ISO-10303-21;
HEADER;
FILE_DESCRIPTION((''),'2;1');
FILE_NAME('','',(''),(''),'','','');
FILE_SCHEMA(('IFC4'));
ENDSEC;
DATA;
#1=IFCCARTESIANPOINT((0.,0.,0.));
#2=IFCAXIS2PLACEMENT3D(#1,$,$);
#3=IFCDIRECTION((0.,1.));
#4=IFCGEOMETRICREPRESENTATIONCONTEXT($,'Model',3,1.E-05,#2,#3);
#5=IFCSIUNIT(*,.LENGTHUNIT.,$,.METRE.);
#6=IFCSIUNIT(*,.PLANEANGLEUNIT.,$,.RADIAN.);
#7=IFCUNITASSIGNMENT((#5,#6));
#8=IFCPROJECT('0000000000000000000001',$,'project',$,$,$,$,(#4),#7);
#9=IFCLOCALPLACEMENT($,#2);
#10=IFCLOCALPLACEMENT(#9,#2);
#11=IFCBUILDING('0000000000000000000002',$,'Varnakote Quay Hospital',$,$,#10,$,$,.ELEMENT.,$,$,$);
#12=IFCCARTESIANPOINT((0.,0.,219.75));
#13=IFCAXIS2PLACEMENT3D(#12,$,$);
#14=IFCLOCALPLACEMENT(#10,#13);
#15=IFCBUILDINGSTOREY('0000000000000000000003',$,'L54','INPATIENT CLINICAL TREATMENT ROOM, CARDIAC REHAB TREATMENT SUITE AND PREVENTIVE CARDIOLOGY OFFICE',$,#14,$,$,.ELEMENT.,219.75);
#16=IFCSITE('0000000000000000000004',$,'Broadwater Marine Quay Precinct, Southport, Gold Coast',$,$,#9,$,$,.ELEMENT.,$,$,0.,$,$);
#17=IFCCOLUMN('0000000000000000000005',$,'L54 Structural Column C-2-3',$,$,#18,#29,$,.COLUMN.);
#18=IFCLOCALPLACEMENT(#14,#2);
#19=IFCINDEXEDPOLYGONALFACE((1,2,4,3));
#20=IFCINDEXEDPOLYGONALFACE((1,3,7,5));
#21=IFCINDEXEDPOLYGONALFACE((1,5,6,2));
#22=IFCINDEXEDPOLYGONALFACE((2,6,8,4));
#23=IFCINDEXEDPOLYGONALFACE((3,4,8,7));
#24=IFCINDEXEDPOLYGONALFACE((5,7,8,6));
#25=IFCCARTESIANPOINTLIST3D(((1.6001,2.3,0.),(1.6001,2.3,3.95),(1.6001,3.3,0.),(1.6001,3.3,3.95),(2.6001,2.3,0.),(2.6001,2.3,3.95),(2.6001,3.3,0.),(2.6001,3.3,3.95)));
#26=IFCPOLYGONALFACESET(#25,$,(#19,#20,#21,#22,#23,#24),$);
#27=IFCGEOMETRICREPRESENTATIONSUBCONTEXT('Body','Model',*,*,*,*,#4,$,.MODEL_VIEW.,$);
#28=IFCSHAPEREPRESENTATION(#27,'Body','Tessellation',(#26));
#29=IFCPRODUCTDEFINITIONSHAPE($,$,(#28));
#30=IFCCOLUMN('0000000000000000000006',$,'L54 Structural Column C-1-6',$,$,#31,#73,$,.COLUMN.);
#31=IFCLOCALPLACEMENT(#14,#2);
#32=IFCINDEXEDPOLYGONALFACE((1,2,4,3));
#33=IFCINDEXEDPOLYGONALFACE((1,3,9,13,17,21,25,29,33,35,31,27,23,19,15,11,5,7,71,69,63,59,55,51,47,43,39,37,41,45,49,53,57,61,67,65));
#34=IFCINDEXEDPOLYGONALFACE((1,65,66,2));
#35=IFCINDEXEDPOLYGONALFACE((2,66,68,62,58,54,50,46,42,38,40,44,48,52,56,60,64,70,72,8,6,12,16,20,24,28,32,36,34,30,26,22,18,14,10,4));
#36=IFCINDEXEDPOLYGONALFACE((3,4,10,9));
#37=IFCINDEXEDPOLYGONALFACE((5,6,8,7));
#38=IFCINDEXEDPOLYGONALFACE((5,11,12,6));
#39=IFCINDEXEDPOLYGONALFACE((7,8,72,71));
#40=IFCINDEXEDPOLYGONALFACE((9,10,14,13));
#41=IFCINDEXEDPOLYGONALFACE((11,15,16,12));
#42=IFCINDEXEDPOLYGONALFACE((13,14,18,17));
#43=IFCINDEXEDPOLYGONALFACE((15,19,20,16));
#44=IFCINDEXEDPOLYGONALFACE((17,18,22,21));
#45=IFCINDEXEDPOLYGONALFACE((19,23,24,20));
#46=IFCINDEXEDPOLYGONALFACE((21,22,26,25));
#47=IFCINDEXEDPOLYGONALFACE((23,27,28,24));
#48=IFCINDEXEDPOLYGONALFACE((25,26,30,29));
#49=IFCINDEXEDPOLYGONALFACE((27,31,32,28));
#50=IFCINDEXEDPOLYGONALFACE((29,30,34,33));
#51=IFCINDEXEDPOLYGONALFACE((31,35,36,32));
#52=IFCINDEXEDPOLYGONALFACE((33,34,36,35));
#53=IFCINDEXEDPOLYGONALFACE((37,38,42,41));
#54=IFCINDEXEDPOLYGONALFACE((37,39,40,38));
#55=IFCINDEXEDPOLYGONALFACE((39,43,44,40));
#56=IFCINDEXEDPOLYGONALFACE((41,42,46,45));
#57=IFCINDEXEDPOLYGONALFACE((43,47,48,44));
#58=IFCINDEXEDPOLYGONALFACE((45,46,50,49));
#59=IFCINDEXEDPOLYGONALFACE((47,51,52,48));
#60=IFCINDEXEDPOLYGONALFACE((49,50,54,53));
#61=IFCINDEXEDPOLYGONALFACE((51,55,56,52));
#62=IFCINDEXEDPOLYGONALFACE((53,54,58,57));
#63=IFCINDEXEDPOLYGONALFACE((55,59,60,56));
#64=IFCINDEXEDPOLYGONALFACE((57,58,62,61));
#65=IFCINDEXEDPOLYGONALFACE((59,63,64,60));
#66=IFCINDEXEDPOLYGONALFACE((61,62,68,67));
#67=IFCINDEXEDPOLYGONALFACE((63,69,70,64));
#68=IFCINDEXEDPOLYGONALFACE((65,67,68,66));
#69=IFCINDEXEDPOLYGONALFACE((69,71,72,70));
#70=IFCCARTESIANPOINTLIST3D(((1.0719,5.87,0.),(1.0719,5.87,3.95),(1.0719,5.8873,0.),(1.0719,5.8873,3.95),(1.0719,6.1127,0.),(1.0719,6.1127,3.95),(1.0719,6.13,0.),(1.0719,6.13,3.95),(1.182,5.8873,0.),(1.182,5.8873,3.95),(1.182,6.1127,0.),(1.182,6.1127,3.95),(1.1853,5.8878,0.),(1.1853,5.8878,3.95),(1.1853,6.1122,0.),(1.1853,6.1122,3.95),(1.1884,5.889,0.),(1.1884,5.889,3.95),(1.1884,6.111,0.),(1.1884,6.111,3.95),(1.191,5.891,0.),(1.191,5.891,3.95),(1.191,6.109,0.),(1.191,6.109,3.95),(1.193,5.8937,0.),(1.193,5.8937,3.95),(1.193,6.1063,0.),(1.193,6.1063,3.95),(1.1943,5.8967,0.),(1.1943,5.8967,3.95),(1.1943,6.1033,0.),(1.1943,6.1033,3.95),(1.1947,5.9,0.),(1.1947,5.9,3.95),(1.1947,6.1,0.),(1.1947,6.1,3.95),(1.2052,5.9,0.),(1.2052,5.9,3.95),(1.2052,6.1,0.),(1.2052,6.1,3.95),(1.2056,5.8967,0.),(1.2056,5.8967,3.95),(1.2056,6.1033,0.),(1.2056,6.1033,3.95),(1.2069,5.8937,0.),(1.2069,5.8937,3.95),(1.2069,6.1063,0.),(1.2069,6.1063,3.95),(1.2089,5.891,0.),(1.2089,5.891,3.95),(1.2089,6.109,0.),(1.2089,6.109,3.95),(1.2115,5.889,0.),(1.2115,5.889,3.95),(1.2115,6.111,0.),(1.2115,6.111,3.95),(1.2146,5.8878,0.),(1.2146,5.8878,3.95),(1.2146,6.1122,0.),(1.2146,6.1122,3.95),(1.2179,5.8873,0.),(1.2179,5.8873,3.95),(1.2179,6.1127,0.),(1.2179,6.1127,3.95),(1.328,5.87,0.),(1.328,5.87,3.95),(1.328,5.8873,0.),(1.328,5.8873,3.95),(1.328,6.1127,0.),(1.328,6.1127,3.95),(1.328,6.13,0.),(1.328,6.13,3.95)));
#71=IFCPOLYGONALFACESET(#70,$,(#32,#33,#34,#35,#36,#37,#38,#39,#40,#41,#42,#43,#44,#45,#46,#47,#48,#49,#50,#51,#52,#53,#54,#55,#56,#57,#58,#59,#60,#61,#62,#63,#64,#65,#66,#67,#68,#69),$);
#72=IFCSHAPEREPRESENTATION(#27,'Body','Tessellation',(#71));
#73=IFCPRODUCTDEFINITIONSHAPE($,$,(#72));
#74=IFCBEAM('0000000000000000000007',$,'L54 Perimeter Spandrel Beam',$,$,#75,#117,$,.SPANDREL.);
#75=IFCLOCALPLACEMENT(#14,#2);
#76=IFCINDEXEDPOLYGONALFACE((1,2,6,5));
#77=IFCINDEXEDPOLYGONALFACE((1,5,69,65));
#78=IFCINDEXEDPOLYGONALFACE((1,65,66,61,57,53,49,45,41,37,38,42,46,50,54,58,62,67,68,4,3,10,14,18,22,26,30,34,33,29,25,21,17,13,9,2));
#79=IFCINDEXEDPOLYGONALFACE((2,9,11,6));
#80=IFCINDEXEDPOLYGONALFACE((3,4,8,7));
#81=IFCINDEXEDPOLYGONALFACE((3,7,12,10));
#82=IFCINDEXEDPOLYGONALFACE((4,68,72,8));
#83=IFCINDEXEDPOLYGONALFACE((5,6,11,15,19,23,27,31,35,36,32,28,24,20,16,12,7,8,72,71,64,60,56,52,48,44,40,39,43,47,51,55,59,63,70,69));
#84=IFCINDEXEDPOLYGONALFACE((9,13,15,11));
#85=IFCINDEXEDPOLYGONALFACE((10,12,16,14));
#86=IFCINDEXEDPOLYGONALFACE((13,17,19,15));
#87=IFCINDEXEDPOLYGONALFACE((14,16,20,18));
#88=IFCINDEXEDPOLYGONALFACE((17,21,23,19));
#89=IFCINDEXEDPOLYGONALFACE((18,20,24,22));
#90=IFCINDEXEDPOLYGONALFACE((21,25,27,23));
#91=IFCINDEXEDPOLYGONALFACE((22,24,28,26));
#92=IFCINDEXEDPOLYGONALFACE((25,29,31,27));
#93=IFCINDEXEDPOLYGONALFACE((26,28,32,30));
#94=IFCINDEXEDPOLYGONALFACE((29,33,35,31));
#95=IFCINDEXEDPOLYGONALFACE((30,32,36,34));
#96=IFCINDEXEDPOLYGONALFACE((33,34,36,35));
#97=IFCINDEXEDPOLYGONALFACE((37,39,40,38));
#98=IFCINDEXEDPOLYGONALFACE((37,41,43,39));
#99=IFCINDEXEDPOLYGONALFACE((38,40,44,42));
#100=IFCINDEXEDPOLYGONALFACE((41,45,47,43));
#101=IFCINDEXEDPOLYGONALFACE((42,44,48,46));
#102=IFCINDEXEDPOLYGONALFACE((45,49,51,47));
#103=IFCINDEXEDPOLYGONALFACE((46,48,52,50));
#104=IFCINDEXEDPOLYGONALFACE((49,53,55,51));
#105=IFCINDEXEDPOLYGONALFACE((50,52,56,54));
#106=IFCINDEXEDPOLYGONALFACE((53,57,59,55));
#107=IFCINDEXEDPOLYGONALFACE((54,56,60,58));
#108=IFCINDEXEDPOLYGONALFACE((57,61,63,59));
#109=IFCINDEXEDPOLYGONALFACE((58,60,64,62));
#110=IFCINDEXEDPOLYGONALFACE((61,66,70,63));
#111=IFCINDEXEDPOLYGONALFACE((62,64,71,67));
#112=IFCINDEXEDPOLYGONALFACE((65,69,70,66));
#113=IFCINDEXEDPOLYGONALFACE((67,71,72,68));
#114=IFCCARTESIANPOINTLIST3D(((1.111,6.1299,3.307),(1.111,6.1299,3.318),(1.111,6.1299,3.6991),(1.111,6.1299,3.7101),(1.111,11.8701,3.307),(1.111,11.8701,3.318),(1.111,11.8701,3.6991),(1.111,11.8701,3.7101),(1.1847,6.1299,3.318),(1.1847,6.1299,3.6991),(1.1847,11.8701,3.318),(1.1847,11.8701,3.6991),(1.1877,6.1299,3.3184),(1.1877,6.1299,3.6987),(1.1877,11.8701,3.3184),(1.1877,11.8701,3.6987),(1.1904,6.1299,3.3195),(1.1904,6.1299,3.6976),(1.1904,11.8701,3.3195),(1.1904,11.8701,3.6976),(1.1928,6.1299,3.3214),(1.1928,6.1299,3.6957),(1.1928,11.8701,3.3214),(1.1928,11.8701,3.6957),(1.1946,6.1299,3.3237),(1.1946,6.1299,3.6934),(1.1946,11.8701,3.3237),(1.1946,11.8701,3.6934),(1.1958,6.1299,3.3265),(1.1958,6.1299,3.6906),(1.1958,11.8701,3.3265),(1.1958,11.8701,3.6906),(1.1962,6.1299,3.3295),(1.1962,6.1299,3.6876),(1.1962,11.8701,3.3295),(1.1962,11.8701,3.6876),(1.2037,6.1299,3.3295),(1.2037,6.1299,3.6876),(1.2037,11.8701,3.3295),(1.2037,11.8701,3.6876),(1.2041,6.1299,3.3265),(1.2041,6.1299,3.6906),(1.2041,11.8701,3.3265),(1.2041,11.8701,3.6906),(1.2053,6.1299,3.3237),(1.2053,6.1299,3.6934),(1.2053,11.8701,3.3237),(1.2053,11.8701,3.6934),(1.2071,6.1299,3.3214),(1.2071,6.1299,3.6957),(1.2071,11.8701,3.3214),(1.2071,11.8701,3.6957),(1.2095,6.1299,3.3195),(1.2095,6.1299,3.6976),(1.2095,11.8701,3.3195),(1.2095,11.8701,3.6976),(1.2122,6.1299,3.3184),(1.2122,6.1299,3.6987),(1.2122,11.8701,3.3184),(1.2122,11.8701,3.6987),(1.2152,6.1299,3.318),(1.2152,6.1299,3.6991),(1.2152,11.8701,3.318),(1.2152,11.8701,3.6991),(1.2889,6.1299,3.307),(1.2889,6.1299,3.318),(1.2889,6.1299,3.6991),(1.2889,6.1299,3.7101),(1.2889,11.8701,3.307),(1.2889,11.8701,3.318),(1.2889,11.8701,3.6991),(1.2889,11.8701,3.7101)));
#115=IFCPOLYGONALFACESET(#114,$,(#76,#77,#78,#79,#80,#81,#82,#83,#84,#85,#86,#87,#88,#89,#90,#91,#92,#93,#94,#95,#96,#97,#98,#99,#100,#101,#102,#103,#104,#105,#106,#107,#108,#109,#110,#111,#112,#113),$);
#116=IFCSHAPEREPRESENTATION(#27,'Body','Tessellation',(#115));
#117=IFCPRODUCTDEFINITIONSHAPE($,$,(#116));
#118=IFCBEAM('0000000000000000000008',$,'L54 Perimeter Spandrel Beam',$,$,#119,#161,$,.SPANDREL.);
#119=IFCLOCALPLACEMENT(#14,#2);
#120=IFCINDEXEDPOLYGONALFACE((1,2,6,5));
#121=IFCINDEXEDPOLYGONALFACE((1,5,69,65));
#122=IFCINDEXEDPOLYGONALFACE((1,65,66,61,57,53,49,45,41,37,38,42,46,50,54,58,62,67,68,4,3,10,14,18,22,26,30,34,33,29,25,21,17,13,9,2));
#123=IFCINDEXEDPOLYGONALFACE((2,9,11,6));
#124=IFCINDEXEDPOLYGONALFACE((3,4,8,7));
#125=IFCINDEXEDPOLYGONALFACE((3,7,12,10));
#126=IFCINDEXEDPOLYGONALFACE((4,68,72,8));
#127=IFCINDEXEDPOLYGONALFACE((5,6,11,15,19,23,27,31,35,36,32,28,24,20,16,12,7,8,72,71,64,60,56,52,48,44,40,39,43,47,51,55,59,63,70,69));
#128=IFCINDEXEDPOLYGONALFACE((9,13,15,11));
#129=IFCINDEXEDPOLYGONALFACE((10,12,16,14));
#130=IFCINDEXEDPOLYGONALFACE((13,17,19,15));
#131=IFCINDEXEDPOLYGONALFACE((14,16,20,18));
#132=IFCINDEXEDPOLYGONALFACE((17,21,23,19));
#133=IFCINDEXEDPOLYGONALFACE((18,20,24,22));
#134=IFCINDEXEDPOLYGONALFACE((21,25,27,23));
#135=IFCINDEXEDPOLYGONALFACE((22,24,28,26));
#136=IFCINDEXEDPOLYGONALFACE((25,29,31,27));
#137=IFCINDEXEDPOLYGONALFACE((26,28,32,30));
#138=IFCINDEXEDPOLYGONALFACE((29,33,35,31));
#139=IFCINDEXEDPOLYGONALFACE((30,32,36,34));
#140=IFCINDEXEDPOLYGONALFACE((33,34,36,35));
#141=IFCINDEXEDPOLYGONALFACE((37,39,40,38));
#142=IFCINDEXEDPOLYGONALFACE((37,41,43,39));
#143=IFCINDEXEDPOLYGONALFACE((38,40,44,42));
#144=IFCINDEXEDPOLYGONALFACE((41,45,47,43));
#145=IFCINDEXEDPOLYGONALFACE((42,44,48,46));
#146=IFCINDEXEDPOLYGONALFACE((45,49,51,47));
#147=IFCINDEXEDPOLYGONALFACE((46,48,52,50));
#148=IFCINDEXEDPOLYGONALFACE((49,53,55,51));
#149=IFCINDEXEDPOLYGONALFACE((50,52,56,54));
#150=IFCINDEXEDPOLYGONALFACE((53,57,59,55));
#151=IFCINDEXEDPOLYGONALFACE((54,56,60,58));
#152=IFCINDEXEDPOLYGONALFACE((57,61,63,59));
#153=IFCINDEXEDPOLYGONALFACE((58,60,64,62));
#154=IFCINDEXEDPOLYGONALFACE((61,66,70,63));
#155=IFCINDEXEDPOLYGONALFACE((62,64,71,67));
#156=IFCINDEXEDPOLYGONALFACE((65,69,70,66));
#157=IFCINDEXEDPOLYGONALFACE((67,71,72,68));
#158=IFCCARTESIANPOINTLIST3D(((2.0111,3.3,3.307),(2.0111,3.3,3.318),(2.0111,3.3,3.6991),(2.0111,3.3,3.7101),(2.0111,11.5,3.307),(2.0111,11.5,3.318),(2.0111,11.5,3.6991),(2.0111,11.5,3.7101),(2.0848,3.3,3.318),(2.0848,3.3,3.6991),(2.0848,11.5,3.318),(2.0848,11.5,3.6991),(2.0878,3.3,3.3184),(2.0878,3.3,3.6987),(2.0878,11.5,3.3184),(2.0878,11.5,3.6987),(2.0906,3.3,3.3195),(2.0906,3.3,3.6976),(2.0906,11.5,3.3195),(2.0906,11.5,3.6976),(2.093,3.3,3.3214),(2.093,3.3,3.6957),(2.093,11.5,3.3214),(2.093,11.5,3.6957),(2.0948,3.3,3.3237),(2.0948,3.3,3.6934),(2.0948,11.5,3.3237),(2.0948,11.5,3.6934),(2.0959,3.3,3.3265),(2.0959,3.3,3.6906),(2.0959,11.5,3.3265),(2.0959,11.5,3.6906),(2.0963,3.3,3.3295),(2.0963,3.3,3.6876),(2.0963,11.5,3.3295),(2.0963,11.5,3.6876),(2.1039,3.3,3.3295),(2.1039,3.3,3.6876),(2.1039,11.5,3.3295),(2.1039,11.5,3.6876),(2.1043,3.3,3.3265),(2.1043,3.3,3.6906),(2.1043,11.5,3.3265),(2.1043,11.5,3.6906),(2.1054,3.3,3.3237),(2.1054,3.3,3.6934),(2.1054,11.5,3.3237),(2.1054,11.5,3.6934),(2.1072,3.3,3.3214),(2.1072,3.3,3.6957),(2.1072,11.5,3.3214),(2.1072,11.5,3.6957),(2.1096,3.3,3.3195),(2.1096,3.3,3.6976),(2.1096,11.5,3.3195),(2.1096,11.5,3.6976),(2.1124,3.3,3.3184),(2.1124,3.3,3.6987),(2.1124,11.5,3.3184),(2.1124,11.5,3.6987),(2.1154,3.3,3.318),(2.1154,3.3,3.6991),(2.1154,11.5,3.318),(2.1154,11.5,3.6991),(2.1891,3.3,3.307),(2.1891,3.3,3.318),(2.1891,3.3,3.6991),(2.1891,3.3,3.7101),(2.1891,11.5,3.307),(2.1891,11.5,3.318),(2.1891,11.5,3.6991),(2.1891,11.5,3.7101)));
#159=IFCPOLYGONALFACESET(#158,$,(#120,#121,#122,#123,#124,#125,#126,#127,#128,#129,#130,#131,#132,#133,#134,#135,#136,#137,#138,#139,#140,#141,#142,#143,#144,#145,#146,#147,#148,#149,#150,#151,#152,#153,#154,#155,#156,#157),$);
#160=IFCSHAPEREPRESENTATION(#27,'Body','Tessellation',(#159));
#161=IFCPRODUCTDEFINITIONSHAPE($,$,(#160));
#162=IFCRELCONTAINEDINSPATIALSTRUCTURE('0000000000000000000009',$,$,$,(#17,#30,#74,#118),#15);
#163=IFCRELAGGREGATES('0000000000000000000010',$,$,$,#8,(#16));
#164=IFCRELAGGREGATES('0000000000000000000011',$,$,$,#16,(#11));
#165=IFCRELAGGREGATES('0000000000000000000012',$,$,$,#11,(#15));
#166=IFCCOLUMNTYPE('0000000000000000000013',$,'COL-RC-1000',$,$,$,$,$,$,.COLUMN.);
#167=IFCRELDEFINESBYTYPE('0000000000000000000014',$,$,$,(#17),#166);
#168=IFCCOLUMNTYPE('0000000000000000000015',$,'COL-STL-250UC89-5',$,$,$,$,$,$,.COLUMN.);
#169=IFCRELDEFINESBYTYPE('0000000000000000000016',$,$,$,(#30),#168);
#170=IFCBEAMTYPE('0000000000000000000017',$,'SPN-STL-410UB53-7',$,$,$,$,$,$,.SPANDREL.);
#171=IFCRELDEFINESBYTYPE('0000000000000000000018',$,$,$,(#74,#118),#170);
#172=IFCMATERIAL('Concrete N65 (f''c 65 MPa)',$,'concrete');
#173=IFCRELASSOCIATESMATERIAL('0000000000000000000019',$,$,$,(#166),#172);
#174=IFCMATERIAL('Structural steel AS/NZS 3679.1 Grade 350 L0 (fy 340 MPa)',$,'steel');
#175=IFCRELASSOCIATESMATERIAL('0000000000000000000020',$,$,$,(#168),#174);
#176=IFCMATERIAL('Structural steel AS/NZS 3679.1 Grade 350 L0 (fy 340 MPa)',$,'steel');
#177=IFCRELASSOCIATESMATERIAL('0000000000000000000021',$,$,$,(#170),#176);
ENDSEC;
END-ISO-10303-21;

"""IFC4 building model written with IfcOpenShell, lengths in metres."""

from ifc_helpers import new_model, si_unit, direction, frame, origin, origin_2d, place, context, subcontext, project, spatial, rectangle, i_section, extrude, material, material_profile, profile_set, type_object, element, save


model = new_model("IFC4")

# Units and contexts
model_context = context("Model", 3, precision=1e-05, world=origin(), true_north=direction((0.0, 1.0)))
body_context = subcontext(model_context, "Body", "Model", "MODEL_VIEW")
ifc_project = project(units=[si_unit("LENGTHUNIT", "METRE"), si_unit("PLANEANGLEUNIT", "RADIAN")], contexts=[model_context])

# Site, building, storey
site_placement = place(None, origin())
site = spatial("IfcSite", under=ifc_project, at=site_placement, Name="Broadwater Marine Quay Precinct, Southport, Gold Coast", CompositionType="ELEMENT", RefElevation=0.0)
building_placement = place(site_placement, origin())
building = spatial("IfcBuilding", under=site, at=building_placement, Name="Varnakote Quay Hospital", CompositionType="ELEMENT")
storey_placement = place(building_placement, frame((0.0, 0.0, 219.75)))
storey = spatial("IfcBuildingStorey", under=building, at=storey_placement, Name="L54", Description="INPATIENT CLINICAL TREATMENT ROOM, CARDIAC REHAB TREATMENT SUITE AND PREVENTIVE CARDIOLOGY OFFICE", CompositionType="ELEMENT", Elevation=219.75)

# Columns
ifc_material_1 = material(Name="Concrete N65 (f'c 65 MPa)", Category="concrete")
ifc_material_profile_1 = material_profile(ifc_material_1, rectangle(XDim=1.0, YDim=1.0, at=origin_2d()), Name="RC-COL-1000x1000")
ifc_profile_set_1 = profile_set([ifc_material_profile_1], Name="Concrete N65 (f'c 65 MPa)")
column_type_1 = type_object("IfcColumnType", Name="COL-RC-1000", PredefinedType="COLUMN", material=ifc_profile_set_1)
column_1_placement = place(storey_placement, frame((2.1001, 2.8, 0.0), z_axis=(0.0, 0.0, 1.0), x_axis=(1.0, 0.0, 0.0)))
element("IfcColumn", 1, at=column_1_placement, inside=storey, type_object=column_type_1, Name="L54 Structural Column C-2-3", PredefinedType="COLUMN", context=body_context, shape_type="SweptSolid", body=[
    extrude(rectangle(XDim=1.0, YDim=1.0, at=origin_2d()), origin(), (0.0, 0.0, 1.0), 3.95),
])
ifc_material_2 = material(Name="Structural steel AS/NZS 3679.1 Grade 350 L0 (fy 340 MPa)", Category="steel")
ifc_material_profile_2 = material_profile(ifc_material_2, i_section(OverallWidth=0.2561, OverallDepth=0.26, WebThickness=0.0105, FlangeThickness=0.0173, FilletRadius=0.0127, at=origin_2d()), Name="250UC89.5")
ifc_profile_set_2 = profile_set([ifc_material_profile_2], Name="Structural steel AS/NZS 3679.1 Grade 350 L0 (fy 340 MPa)")
column_type_2 = type_object("IfcColumnType", Name="COL-STL-250UC89-5", PredefinedType="COLUMN", material=ifc_profile_set_2)
column_2_placement = place(storey_placement, frame((1.2, 6.0, 0.0), z_axis=(0.0, 0.0, 1.0), x_axis=(1.0, 0.0, 0.0)))
element("IfcColumn", 2, at=column_2_placement, inside=storey, type_object=column_type_2, Name="L54 Structural Column C-1-6", PredefinedType="COLUMN", context=body_context, shape_type="SweptSolid", body=[
    extrude(i_section(OverallWidth=0.2561, OverallDepth=0.26, WebThickness=0.0105, FlangeThickness=0.0173, FilletRadius=0.0127, at=origin_2d()), origin(), (0.0, 0.0, 1.0), 3.95),
])

# Beams
ifc_material_3 = material(Name="Structural steel AS/NZS 3679.1 Grade 350 L0 (fy 340 MPa)", Category="steel")
ifc_material_profile_3 = material_profile(ifc_material_3, i_section(OverallWidth=0.178, OverallDepth=0.4031, WebThickness=0.0076, FlangeThickness=0.011, FilletRadius=0.0115, at=origin_2d()), Name="410UB53.7")
ifc_profile_set_3 = profile_set([ifc_material_profile_3], Name="Structural steel AS/NZS 3679.1 Grade 350 L0 (fy 340 MPa)")
beam_type_1 = type_object("IfcBeamType", Name="SPN-STL-410UB53-7", PredefinedType="SPANDREL", material=ifc_profile_set_3)
beam_1_placement = place(storey_placement, frame((1.2, 6.1299, 3.5085), z_axis=(0.0, 1.0, 0.0), x_axis=(-1.0, 0.0, 0.0)))
element("IfcBeam", 3, at=beam_1_placement, inside=storey, type_object=beam_type_1, Name="L54 Perimeter Spandrel Beam", PredefinedType="SPANDREL", context=body_context, shape_type="SweptSolid", body=[
    extrude(i_section(OverallWidth=0.178, OverallDepth=0.4031, WebThickness=0.0076, FlangeThickness=0.011, FilletRadius=0.0115, at=origin_2d()), origin(), (0.0, 0.0, 1.0), 5.7402),
])
beam_2_placement = place(storey_placement, frame((2.1001, 3.3, 3.5085), z_axis=(0.0, 1.0, 0.0), x_axis=(-1.0, 0.0, 0.0)))
element("IfcBeam", 4, at=beam_2_placement, inside=storey, type_object=beam_type_1, Name="L54 Perimeter Spandrel Beam", PredefinedType="SPANDREL", context=body_context, shape_type="SweptSolid", body=[
    extrude(i_section(OverallWidth=0.178, OverallDepth=0.4031, WebThickness=0.0076, FlangeThickness=0.011, FilletRadius=0.0115, at=origin_2d()), origin(), (0.0, 0.0, 1.0), 8.2),
])

save(model, "model.ifc")
